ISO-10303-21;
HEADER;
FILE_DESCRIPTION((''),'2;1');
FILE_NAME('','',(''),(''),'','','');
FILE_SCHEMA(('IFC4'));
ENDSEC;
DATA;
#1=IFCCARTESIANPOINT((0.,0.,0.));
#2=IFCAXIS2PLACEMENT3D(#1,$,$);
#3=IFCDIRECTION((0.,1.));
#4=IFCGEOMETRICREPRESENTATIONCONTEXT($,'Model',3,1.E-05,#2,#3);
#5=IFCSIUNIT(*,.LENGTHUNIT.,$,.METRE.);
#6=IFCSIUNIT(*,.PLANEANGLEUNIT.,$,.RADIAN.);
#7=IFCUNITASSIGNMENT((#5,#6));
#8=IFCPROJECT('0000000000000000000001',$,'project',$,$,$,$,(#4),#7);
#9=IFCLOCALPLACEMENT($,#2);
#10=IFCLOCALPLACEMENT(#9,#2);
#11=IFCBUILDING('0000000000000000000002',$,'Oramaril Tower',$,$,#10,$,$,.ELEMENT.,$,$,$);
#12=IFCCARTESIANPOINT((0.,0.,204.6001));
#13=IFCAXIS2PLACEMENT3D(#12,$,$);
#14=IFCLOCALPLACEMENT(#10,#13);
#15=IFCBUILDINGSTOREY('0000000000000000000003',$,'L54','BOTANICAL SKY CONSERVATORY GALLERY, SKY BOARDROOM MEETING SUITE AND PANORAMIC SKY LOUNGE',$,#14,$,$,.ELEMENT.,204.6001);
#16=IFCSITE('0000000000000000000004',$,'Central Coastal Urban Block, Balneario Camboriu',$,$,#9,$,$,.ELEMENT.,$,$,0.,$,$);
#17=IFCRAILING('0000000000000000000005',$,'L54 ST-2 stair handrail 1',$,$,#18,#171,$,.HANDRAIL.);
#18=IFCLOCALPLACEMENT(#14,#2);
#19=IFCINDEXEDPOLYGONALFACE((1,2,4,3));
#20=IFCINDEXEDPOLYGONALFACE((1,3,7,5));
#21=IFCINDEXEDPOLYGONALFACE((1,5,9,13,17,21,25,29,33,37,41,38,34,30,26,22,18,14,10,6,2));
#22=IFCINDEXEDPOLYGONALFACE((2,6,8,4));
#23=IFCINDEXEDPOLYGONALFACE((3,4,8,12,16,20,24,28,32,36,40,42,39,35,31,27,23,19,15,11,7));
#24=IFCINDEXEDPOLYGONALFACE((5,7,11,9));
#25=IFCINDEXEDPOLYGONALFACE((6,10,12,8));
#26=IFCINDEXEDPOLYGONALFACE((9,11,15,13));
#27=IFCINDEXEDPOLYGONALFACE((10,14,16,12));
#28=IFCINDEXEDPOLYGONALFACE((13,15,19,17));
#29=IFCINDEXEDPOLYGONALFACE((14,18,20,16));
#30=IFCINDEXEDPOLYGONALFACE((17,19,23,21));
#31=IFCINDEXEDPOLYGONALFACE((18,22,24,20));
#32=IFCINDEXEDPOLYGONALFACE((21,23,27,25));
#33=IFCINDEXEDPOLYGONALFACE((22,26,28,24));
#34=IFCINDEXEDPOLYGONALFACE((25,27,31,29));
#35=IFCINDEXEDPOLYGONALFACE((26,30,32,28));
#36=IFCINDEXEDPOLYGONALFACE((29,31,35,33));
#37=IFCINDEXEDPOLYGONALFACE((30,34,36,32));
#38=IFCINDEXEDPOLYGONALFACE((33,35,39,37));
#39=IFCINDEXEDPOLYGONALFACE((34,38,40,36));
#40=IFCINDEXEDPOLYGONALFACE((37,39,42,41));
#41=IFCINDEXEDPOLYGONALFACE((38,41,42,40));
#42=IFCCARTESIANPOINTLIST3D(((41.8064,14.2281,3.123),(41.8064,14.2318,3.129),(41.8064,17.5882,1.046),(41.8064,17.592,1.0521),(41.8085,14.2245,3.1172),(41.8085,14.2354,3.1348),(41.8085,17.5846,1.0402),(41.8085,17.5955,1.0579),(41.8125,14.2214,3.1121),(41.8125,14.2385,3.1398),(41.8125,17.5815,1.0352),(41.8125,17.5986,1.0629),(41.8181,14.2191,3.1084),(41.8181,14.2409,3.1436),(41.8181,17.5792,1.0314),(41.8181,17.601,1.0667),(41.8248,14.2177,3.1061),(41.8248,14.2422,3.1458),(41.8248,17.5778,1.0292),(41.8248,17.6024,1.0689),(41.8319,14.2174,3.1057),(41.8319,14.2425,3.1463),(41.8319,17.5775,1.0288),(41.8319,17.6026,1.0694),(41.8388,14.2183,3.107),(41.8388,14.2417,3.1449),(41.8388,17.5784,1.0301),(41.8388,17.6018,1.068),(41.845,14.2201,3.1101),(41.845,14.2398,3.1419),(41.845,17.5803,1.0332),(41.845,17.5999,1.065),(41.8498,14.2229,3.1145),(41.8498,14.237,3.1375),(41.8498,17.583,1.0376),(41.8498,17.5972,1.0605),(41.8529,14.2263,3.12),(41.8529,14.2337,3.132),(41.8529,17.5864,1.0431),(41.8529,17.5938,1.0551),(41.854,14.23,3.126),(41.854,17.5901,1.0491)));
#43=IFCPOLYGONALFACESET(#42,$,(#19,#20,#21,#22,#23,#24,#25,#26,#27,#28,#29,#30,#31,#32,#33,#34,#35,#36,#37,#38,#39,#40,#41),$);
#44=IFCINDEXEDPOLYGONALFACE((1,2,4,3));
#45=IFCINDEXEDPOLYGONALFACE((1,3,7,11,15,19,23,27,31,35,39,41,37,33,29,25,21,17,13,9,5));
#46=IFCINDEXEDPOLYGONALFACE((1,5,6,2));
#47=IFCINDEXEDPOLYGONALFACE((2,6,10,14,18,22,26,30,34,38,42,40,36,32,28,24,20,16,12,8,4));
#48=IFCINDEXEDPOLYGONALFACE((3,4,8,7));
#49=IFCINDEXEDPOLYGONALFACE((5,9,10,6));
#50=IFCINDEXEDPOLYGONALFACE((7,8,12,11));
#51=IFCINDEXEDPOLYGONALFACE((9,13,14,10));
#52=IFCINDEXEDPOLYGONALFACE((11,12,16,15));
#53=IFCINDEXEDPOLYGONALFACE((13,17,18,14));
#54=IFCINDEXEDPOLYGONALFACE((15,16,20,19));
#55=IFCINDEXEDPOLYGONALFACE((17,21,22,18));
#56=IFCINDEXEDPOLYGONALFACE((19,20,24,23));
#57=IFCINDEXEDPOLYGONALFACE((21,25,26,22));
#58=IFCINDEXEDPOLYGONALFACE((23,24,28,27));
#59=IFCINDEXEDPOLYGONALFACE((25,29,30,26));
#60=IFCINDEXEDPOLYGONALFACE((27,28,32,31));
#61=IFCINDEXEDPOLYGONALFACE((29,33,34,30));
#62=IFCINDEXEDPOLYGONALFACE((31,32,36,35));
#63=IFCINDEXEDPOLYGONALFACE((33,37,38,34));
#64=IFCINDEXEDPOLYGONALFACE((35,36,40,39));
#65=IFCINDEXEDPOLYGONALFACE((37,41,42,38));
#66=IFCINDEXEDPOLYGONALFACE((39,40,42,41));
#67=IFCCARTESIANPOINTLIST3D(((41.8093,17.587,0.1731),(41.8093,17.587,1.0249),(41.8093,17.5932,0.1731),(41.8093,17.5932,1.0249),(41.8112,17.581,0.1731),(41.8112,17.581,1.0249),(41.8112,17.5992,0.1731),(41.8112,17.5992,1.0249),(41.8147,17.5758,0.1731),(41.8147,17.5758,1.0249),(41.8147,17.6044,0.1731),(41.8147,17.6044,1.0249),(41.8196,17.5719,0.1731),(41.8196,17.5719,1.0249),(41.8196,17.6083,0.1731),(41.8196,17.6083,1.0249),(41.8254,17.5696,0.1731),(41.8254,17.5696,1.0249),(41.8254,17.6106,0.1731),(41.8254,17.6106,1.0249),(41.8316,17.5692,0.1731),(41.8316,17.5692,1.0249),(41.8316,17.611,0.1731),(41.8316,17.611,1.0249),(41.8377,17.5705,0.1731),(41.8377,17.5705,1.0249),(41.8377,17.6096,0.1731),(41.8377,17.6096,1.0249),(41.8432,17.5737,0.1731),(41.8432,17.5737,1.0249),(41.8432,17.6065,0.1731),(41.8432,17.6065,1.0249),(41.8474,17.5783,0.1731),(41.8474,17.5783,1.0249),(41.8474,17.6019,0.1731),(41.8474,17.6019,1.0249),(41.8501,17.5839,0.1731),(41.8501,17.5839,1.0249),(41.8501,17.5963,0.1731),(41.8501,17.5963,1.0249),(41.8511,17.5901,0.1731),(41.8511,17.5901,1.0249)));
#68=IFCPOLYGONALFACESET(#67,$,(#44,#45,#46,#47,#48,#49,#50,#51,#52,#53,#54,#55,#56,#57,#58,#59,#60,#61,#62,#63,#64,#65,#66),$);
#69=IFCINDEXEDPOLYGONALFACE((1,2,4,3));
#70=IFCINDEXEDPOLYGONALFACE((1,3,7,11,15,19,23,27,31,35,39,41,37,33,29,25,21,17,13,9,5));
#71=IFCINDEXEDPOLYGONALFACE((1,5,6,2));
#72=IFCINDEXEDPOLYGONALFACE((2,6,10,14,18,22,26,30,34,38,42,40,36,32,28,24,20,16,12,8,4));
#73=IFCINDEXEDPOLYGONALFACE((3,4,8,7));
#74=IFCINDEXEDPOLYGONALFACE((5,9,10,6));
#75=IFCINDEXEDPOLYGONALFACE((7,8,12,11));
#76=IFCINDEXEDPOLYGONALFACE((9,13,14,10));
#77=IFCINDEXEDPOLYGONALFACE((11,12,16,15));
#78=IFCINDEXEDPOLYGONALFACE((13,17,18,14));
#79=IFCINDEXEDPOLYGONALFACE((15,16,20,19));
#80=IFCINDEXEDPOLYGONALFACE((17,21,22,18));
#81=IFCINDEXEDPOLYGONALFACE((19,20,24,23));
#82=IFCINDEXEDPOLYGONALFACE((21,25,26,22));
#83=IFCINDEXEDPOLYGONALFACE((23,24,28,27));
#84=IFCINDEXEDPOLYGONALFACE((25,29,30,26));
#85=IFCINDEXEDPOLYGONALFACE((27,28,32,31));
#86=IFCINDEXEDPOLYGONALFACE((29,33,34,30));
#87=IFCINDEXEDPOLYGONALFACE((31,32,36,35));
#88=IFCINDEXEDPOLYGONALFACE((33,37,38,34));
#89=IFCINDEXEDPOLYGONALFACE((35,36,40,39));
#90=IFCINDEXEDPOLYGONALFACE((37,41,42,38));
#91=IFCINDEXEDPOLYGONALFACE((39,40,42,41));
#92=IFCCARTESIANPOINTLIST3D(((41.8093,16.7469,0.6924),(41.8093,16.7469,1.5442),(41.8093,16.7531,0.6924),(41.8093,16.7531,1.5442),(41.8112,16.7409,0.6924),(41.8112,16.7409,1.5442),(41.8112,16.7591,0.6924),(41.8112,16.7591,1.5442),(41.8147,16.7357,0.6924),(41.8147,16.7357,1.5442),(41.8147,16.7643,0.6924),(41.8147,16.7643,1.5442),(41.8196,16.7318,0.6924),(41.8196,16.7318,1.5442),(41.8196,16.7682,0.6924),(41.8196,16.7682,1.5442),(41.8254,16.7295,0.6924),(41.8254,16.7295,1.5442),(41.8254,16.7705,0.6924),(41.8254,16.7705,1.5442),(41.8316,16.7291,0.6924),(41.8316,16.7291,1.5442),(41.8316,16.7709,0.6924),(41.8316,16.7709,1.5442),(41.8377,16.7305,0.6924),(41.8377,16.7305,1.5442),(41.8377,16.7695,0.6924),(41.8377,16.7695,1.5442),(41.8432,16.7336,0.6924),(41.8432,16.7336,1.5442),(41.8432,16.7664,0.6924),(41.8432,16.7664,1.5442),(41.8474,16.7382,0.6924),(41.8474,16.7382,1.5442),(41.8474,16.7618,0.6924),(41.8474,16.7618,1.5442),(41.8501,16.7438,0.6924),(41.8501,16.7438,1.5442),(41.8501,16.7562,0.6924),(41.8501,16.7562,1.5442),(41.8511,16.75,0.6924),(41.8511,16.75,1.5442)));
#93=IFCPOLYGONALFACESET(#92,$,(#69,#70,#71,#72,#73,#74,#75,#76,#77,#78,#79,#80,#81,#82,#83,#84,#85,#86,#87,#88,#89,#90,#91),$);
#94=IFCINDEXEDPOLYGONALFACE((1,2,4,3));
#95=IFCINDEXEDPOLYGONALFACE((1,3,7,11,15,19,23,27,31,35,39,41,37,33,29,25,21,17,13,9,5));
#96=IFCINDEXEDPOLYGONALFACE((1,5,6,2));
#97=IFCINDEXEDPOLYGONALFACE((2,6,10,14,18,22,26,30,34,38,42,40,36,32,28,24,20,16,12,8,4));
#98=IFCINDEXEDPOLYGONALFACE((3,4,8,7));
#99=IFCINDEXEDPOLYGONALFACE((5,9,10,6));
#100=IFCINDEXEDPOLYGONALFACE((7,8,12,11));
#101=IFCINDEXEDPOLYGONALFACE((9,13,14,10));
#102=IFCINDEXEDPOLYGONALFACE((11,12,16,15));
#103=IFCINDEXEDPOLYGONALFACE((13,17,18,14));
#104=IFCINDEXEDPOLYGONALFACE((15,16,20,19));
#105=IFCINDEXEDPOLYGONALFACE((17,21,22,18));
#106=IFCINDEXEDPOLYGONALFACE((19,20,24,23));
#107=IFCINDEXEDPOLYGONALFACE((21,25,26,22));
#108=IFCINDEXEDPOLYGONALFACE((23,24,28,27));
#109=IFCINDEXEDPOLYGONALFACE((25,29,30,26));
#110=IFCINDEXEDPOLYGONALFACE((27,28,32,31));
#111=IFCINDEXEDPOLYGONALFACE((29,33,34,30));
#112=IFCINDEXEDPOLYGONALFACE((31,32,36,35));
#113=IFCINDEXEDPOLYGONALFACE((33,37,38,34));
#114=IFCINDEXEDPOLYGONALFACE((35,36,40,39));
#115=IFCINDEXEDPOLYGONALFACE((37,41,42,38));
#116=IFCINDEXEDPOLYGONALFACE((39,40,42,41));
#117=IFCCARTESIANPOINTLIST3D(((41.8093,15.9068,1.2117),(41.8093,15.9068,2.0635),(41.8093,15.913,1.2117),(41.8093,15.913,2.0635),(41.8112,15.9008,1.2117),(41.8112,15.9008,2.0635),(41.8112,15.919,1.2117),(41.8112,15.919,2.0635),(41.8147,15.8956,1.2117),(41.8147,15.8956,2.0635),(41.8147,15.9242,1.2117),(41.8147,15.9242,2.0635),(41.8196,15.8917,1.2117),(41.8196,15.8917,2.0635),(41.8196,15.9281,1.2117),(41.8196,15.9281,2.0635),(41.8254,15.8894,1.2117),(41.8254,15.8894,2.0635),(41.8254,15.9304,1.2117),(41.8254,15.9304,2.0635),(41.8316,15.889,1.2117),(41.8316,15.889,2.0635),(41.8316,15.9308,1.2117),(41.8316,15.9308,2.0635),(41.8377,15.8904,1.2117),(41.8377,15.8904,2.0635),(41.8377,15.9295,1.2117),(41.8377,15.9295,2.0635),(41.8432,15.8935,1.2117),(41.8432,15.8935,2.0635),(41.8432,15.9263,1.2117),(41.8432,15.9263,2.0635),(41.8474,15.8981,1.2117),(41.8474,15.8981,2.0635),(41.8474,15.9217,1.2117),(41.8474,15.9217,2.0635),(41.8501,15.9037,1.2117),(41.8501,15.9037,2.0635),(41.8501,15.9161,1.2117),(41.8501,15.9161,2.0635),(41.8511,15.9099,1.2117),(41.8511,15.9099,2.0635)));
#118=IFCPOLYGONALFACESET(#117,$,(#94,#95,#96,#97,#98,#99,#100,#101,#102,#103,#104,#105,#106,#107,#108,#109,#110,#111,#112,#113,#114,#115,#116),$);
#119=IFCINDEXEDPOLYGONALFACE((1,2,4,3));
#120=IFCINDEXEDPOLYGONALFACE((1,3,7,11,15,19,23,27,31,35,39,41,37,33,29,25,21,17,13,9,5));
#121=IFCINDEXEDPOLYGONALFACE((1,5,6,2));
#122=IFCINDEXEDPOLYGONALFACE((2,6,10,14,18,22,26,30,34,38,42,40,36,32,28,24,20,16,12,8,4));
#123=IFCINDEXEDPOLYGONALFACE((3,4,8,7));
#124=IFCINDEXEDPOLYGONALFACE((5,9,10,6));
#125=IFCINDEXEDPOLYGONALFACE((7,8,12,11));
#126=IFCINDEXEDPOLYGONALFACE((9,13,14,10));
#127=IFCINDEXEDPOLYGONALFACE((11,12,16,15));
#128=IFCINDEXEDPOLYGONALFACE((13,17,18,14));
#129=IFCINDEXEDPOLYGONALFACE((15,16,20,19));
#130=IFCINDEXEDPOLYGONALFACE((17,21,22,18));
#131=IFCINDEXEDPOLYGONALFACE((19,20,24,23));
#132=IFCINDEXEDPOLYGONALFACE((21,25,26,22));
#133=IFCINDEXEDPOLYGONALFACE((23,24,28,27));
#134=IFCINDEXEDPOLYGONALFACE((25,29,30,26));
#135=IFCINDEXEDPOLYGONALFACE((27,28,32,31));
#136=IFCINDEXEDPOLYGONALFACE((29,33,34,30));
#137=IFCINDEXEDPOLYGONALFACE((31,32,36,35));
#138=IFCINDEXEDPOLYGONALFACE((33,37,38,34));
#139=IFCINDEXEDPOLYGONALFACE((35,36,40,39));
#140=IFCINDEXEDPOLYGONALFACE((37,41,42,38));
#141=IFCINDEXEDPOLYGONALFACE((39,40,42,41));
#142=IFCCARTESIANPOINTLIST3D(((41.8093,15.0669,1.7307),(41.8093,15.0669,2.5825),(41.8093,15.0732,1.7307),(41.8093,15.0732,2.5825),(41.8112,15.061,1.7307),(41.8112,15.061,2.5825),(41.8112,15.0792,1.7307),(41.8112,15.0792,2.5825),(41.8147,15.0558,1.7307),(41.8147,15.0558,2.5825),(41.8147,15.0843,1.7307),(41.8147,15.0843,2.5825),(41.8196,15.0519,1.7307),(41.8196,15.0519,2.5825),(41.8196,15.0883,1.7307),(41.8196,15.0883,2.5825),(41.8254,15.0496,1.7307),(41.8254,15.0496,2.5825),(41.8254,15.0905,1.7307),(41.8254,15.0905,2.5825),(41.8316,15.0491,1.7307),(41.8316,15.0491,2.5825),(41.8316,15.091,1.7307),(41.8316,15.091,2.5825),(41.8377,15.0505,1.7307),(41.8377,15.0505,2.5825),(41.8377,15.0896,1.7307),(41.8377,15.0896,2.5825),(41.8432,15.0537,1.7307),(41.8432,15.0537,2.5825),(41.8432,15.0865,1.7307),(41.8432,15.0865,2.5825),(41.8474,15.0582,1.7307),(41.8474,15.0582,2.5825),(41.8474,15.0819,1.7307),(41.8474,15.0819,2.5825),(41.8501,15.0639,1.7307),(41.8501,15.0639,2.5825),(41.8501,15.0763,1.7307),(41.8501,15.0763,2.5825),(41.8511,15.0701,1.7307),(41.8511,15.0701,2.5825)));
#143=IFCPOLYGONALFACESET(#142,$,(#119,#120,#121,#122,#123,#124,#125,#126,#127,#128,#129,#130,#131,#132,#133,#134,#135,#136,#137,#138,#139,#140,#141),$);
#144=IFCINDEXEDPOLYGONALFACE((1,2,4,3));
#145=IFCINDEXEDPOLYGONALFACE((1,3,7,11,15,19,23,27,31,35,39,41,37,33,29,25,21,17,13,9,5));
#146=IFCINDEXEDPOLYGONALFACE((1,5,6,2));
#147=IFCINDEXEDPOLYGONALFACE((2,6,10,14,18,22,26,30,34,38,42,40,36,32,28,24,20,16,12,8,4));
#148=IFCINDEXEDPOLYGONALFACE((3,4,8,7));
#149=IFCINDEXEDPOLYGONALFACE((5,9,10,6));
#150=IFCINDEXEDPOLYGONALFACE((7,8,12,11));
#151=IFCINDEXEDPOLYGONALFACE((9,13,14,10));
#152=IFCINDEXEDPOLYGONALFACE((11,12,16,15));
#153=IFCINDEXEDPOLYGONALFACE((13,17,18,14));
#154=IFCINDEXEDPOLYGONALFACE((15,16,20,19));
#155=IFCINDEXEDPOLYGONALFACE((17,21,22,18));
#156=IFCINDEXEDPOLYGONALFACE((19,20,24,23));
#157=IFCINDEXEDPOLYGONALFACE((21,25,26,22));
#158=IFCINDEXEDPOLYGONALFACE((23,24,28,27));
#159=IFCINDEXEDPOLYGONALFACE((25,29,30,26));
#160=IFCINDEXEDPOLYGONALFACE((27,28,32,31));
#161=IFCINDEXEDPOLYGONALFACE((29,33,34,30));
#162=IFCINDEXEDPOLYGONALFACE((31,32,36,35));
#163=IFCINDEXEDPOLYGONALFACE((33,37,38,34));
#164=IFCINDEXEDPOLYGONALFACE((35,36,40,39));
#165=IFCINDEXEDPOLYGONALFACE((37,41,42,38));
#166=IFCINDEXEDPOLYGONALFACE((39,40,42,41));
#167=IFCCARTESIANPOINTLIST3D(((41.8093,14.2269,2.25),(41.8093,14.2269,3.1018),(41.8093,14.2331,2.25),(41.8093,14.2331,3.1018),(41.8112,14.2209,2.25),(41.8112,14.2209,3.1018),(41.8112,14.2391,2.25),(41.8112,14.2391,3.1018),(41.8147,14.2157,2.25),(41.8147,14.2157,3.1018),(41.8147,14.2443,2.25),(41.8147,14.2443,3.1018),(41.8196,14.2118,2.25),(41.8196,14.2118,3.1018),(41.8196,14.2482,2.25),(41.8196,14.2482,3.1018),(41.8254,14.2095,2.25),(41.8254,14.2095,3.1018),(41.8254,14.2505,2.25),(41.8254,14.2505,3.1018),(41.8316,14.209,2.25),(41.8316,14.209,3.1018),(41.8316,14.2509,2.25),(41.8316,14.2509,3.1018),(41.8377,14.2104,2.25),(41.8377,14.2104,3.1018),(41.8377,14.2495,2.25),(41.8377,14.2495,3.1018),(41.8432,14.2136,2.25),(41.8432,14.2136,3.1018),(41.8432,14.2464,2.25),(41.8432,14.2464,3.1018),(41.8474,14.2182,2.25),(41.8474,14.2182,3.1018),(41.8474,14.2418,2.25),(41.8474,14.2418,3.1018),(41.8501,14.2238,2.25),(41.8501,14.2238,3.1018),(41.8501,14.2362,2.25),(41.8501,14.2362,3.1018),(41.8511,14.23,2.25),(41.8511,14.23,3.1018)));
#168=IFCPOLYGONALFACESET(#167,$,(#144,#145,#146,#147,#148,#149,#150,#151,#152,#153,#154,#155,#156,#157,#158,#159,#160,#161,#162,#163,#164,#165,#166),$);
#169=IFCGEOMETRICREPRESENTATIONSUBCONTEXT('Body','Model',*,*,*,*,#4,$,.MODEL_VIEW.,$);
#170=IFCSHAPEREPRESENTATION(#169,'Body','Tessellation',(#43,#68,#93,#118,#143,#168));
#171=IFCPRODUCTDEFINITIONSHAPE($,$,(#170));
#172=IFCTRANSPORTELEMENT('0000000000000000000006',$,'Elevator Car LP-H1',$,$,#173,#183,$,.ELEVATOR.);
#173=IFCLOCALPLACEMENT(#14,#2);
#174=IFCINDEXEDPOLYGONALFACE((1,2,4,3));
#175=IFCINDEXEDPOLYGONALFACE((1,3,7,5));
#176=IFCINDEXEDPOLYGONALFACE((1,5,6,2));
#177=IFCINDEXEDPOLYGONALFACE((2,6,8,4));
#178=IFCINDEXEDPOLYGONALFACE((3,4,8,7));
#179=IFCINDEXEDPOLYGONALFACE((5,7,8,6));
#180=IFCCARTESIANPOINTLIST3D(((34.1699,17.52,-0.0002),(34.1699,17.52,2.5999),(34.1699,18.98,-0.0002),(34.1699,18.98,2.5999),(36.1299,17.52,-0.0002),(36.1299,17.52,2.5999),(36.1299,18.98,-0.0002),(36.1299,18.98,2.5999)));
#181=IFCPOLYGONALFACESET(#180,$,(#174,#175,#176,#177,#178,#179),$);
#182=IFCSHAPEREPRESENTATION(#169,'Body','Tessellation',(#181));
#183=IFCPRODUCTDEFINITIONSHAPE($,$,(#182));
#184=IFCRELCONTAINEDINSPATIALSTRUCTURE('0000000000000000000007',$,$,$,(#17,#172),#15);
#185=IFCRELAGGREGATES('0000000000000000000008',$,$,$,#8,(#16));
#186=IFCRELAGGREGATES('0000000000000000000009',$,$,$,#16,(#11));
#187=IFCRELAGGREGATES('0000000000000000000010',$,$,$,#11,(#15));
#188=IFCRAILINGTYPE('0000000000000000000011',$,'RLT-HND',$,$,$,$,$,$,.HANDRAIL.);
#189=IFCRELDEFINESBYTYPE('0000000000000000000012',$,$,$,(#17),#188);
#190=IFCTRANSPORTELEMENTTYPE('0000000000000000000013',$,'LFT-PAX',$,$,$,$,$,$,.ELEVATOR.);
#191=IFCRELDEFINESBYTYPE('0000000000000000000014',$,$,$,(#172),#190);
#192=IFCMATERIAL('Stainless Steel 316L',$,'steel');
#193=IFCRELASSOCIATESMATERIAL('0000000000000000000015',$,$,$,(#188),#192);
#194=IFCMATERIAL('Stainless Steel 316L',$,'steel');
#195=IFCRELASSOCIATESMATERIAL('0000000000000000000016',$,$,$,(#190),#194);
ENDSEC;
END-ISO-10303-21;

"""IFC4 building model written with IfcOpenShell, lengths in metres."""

from ifc_helpers import new_model, si_unit, direction, frame, origin, origin_2d, place, context, subcontext, project, spatial, rectangle, circle, extrude, material, type_object, element, save


model = new_model("IFC4")

# Units and contexts
model_context = context("Model", 3, precision=1e-05, world=origin(), true_north=direction((0.0, 1.0)))
body_context = subcontext(model_context, "Body", "Model", "MODEL_VIEW")
ifc_project = project(units=[si_unit("LENGTHUNIT", "METRE"), si_unit("PLANEANGLEUNIT", "RADIAN")], contexts=[model_context])

# Site, building, storey
site_placement = place(None, origin())
site = spatial("IfcSite", under=ifc_project, at=site_placement, Name="Central Coastal Urban Block, Balneario Camboriu", CompositionType="ELEMENT", RefElevation=0.0)
building_placement = place(site_placement, origin())
building = spatial("IfcBuilding", under=site, at=building_placement, Name="Oramaril Tower", CompositionType="ELEMENT")
storey_placement = place(building_placement, frame((0.0, 0.0, 204.6001)))
storey = spatial("IfcBuildingStorey", under=building, at=storey_placement, Name="L54", Description="BOTANICAL SKY CONSERVATORY GALLERY, SKY BOARDROOM MEETING SUITE AND PANORAMIC SKY LOUNGE", CompositionType="ELEMENT", Elevation=204.6001)

# Railing
ifc_material_1 = material(Name="Stainless Steel 316L", Category="steel")
railing_type_1 = type_object("IfcRailingType", Name="RLT-HND", PredefinedType="HANDRAIL", material=ifc_material_1)
railing_1_placement = place(storey_placement, frame((41.8301, 17.5901, 0.1731)))
element("IfcRailing", 1, at=railing_1_placement, inside=storey, type_object=railing_type_1, Name="L54 ST-2 stair handrail 1", PredefinedType="HANDRAIL", context=body_context, shape_type="SweptSolid", body=[
    extrude(circle(Radius=0.0239, at=origin_2d()), frame((0.0, 0.0, 0.876), z_axis=(0.0, -0.850623, 0.525776), x_axis=(1.0, 0.0, 0.0)), (0.0, 0.0, 1.0), 3.9502),
    extrude(circle(Radius=0.021, at=origin_2d()), origin(), (0.0, 0.0, 1.0), 0.8518),
    extrude(circle(Radius=0.021, at=origin_2d()), frame((0.0, -0.8401, 0.5193)), (0.0, 0.0, 1.0), 0.8518),
    extrude(circle(Radius=0.021, at=origin_2d()), frame((0.0, -1.6802, 1.0386)), (0.0, 0.0, 1.0), 0.8518),
    extrude(circle(Radius=0.021, at=origin_2d()), frame((0.0, -2.52, 1.5576)), (0.0, 0.0, 1.0), 0.8518),
    extrude(circle(Radius=0.021, at=origin_2d()), frame((0.0, -3.3601, 2.0769)), (0.0, 0.0, 1.0), 0.8518),
])

# Transport element
ifc_material_2 = material(Name="Stainless Steel 316L", Category="steel")
transport_element_type = type_object("IfcTransportElementType", Name="LFT-PAX", PredefinedType="ELEVATOR", material=ifc_material_2)
transport_element_placement = place(storey_placement, frame((35.1499, 18.25, -0.0002), z_axis=(0.0, 0.0, 1.0), x_axis=(1.0, 0.0, 0.0)))
element("IfcTransportElement", 2, at=transport_element_placement, inside=storey, type_object=transport_element_type, Name="Elevator Car LP-H1", PredefinedType="ELEVATOR", context=body_context, shape_type="SweptSolid", body=[
    extrude(rectangle(XDim=1.96, YDim=1.46, at=origin_2d()), origin(), (0.0, 0.0, 1.0), 2.6001),
])

save(model, "model.ifc")
